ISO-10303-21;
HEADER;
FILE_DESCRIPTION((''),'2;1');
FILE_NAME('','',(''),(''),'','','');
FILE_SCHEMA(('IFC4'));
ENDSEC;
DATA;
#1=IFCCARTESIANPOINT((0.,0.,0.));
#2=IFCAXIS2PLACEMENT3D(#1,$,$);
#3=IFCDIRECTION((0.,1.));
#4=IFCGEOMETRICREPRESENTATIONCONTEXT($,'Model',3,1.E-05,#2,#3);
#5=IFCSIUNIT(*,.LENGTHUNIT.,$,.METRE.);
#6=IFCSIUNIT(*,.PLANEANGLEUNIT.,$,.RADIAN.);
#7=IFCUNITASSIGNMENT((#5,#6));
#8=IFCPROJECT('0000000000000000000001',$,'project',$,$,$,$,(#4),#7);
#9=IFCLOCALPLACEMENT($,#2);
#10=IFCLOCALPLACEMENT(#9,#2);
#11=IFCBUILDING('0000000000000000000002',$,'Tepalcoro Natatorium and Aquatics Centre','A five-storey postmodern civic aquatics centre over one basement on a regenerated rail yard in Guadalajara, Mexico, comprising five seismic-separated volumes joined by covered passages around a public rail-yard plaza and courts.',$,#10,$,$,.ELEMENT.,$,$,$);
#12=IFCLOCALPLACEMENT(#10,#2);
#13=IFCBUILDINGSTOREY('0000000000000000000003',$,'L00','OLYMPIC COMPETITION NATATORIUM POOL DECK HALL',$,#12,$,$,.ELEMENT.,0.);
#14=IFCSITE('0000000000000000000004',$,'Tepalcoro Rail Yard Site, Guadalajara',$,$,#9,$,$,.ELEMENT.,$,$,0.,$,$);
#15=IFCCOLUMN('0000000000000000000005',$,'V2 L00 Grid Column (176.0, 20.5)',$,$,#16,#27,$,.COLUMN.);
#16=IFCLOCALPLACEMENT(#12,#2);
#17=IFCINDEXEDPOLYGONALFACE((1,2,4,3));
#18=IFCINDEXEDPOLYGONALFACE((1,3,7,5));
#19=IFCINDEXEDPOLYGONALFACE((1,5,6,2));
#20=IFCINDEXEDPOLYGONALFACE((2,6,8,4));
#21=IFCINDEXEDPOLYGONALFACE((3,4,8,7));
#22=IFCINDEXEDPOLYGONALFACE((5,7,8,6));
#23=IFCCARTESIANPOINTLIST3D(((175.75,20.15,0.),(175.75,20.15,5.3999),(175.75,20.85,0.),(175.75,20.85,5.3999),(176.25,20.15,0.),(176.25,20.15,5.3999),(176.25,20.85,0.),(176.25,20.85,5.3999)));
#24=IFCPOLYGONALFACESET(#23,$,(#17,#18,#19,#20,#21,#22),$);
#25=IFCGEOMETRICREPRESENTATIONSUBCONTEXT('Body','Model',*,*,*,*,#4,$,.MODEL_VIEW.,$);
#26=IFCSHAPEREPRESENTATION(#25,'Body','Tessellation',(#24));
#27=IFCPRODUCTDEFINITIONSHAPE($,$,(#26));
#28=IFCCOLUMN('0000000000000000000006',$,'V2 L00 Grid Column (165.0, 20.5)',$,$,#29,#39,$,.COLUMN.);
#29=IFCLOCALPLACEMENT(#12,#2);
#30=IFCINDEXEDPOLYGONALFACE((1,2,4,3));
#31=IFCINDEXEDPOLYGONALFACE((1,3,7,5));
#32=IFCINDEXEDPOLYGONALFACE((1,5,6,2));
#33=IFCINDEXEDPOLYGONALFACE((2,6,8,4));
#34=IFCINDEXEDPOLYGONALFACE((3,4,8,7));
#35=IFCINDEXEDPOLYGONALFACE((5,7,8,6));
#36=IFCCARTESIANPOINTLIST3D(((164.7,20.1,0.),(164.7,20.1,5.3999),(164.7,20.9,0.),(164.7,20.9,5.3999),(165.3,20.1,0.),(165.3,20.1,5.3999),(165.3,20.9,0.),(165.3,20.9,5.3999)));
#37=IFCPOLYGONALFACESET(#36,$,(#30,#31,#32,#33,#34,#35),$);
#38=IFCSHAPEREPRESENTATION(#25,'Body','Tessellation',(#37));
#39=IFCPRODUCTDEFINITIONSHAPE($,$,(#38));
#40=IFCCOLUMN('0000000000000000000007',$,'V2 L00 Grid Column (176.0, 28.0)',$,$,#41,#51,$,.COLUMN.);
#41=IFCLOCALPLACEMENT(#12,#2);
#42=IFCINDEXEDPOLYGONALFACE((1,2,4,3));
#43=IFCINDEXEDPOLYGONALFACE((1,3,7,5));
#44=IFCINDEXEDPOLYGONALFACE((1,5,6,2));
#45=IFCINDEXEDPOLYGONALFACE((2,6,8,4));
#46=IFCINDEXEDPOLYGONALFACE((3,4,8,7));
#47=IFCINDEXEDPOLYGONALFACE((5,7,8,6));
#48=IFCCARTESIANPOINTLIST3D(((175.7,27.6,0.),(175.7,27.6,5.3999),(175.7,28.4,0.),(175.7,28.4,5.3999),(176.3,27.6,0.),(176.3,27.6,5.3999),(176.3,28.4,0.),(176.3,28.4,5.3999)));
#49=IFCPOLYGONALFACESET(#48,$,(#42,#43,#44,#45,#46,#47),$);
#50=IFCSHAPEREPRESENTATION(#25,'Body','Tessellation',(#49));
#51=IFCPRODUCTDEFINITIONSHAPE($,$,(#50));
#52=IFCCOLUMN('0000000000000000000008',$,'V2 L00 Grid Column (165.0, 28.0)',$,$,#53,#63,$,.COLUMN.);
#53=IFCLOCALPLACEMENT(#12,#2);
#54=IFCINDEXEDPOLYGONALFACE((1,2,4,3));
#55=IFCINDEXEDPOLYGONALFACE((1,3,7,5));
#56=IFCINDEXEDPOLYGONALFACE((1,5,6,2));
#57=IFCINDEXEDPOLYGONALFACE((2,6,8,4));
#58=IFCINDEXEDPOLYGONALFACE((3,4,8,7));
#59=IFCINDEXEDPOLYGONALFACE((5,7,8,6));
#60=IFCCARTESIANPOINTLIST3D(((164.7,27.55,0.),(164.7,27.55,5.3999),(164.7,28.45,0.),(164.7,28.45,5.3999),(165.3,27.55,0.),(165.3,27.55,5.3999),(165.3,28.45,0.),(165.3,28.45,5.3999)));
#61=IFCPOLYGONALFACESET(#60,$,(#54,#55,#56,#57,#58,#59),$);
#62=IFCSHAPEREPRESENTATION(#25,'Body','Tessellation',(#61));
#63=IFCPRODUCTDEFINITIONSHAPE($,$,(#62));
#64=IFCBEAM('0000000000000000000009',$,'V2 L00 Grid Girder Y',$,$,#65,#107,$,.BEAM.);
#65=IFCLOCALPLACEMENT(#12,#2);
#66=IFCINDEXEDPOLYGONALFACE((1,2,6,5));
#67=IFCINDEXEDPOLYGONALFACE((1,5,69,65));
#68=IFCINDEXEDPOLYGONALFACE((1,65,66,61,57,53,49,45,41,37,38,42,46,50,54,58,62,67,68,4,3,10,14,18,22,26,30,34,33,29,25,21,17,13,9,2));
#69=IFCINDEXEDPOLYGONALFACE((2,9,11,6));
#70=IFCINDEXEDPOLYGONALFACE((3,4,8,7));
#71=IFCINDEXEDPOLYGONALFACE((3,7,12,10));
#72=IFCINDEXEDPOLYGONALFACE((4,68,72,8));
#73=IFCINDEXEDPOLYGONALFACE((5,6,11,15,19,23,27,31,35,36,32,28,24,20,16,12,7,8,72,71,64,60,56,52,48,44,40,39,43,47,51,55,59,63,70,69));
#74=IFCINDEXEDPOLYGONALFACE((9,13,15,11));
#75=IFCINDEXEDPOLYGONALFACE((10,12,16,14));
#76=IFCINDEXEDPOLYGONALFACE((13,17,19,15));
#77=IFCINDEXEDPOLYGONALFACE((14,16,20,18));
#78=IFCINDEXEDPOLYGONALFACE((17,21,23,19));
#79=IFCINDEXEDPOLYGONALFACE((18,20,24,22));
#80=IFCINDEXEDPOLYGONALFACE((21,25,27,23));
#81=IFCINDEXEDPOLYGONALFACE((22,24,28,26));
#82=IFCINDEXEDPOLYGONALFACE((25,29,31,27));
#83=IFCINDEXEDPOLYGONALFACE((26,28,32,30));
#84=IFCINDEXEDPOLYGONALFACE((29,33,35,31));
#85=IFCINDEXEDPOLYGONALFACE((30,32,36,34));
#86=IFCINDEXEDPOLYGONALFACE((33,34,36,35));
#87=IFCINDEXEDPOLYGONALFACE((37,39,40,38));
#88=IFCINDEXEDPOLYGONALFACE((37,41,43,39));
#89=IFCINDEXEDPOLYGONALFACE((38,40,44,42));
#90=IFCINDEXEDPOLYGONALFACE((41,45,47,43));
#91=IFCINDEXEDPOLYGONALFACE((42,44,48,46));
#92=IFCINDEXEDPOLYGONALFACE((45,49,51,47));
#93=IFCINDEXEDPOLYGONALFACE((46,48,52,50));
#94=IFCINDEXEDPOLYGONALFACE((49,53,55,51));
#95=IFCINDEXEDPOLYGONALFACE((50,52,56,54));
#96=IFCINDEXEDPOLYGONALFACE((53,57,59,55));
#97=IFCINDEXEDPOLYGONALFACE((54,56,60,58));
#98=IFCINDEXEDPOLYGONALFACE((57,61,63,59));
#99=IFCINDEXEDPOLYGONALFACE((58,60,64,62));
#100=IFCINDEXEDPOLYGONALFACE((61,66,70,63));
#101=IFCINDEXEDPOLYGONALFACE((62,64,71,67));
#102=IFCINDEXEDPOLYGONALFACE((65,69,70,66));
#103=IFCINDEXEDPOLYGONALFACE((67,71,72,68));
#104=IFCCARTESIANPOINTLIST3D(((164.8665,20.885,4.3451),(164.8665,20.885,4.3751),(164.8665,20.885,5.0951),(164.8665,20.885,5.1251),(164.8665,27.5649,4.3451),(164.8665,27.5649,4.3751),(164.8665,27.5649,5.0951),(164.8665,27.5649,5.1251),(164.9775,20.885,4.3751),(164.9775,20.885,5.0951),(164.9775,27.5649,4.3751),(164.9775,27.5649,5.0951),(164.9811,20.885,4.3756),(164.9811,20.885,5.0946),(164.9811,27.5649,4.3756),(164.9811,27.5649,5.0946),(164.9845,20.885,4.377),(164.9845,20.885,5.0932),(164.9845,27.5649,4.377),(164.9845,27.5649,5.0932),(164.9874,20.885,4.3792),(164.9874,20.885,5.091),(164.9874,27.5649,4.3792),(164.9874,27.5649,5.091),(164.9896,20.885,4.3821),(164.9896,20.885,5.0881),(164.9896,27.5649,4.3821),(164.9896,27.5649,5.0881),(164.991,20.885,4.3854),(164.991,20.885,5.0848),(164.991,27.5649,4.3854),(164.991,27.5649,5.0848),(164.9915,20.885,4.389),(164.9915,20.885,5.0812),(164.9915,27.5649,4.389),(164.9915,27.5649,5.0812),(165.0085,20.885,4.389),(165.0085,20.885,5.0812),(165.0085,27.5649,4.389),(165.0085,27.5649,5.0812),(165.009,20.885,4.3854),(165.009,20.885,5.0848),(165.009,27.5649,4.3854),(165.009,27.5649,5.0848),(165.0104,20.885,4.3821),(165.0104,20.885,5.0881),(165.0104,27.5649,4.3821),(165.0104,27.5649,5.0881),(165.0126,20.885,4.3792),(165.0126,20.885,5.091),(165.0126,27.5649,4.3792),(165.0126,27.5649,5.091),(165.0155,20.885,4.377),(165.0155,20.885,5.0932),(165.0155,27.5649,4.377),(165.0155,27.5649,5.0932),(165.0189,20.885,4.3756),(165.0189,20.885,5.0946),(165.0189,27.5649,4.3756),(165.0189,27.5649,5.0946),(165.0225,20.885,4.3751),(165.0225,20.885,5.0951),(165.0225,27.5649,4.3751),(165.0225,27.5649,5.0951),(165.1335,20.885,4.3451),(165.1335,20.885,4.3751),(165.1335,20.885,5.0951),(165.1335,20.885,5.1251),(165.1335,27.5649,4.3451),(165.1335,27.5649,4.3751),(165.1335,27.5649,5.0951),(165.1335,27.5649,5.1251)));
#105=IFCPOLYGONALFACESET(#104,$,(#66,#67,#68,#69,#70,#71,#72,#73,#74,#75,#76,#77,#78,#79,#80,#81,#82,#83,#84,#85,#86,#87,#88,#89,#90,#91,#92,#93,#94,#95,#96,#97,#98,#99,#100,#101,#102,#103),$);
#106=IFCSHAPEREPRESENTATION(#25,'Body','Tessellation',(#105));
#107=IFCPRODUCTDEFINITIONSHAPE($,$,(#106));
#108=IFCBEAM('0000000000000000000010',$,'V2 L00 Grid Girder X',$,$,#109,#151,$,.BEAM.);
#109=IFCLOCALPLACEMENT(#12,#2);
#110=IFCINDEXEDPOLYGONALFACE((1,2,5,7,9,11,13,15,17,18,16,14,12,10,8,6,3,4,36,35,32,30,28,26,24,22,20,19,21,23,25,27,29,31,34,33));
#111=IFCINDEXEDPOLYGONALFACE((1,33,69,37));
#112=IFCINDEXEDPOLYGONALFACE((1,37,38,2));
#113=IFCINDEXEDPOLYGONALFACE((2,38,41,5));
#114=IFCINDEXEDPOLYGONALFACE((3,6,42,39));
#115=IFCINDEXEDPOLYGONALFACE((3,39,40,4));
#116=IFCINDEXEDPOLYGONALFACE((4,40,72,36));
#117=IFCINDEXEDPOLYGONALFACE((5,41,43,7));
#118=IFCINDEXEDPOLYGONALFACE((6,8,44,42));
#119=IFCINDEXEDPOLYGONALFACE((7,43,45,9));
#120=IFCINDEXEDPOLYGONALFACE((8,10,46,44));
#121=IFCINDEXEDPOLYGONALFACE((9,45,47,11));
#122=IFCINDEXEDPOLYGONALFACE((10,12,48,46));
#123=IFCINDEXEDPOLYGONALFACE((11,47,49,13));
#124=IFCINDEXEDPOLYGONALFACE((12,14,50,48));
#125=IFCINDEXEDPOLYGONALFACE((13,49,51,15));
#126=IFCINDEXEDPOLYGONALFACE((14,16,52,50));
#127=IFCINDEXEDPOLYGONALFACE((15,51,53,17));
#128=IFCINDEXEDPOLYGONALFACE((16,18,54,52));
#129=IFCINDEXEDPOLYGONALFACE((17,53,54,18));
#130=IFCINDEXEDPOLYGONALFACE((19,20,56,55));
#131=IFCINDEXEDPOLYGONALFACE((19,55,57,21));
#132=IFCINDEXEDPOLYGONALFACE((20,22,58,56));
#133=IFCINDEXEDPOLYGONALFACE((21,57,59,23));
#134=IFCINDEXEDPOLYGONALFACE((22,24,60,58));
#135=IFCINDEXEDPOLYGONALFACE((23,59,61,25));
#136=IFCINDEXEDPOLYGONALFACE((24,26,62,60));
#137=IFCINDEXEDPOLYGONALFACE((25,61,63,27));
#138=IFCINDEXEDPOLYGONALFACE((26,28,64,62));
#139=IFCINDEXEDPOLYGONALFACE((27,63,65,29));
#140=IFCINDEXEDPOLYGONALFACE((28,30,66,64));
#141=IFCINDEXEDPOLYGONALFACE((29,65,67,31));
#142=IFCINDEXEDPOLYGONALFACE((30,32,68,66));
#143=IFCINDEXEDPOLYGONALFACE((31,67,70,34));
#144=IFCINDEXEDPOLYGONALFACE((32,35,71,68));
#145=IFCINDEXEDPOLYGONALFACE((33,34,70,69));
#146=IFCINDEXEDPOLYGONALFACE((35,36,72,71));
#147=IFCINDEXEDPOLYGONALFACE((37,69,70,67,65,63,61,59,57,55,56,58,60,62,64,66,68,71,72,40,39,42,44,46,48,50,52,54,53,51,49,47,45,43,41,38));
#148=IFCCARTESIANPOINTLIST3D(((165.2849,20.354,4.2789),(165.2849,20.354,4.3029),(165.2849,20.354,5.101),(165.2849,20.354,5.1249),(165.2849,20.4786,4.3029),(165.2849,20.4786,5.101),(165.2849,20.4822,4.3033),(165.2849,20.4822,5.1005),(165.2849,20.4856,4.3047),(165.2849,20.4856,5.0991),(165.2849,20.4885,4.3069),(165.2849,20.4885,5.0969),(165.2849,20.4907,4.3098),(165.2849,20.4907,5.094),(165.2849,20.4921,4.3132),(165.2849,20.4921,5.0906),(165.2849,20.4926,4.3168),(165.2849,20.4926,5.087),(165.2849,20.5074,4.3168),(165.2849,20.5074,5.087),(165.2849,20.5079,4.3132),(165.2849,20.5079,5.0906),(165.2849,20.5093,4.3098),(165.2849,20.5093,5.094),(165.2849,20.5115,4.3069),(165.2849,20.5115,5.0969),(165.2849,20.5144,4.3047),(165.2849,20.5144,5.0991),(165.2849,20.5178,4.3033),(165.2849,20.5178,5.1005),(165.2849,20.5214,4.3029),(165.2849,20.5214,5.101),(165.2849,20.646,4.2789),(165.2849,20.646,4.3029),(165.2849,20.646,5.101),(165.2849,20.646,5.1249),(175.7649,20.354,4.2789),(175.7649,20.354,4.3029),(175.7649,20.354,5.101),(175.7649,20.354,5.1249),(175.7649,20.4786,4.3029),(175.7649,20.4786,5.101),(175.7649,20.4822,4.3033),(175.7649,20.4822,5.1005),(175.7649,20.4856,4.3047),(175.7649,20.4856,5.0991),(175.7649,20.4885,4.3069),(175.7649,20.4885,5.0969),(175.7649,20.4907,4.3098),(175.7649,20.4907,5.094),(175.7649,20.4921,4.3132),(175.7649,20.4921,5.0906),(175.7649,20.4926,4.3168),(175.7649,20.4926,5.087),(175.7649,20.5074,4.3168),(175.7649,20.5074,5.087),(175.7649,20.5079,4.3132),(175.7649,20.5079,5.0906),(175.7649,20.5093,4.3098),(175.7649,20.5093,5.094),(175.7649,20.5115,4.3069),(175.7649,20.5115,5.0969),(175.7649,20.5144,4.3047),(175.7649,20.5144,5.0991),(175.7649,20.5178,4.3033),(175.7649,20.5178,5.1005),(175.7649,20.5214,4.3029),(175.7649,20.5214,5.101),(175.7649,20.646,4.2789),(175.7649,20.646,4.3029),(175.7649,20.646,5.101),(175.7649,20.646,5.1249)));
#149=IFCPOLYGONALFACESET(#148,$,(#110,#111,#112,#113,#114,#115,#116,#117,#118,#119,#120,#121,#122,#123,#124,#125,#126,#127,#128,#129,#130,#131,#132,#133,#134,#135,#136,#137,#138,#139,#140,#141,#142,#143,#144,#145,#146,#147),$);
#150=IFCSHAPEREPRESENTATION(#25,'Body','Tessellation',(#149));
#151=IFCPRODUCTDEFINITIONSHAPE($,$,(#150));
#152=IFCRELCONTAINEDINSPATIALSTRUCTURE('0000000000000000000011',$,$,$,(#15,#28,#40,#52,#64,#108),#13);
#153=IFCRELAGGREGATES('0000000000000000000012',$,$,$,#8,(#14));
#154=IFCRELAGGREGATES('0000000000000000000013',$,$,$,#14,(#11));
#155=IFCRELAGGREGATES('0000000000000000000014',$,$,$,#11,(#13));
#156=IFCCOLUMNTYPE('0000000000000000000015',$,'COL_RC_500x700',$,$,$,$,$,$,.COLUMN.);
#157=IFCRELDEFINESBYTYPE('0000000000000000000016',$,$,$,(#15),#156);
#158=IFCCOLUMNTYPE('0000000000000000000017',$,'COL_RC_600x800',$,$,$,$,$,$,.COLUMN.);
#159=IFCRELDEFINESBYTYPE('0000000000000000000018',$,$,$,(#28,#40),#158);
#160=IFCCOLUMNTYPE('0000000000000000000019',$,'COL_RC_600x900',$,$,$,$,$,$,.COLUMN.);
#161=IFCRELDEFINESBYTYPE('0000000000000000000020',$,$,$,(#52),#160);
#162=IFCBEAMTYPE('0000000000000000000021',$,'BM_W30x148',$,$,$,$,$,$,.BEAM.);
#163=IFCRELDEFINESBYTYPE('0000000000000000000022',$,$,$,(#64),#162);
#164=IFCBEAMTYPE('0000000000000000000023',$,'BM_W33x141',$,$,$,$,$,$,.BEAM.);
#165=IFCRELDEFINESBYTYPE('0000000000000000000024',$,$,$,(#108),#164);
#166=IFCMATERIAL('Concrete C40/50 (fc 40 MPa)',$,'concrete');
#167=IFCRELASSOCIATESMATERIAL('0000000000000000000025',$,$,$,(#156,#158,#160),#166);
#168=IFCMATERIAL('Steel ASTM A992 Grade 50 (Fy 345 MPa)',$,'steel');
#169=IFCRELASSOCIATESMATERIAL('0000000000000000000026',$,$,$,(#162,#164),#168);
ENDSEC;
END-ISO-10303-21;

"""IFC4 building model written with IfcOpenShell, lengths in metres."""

from ifc_helpers import new_model, si_unit, direction, frame, origin, origin_2d, place, context, subcontext, project, spatial, rectangle, i_section, extrude, material, material_profile, profile_set, type_object, element, save


model = new_model("IFC4")

# Units and contexts
model_context = context("Model", 3, precision=1e-05, world=origin(), true_north=direction((0.0, 1.0)))
body_context = subcontext(model_context, "Body", "Model", "MODEL_VIEW")
ifc_project = project(units=[si_unit("LENGTHUNIT", "METRE"), si_unit("PLANEANGLEUNIT", "RADIAN")], contexts=[model_context])

# Site, building, storey
site_placement = place(None, origin())
site = spatial("IfcSite", under=ifc_project, at=site_placement, Name="Tepalcoro Rail Yard Site, Guadalajara", CompositionType="ELEMENT", RefElevation=0.0)
building_placement = place(site_placement, origin())
building = spatial("IfcBuilding", under=site, at=building_placement, Name="Tepalcoro Natatorium and Aquatics Centre", Description="A five-storey postmodern civic aquatics centre over one basement on a regenerated rail yard in Guadalajara, Mexico, comprising five seismic-separated volumes joined by covered passages around a public rail-yard plaza and courts.", CompositionType="ELEMENT")
storey_placement = place(building_placement, origin())
storey = spatial("IfcBuildingStorey", under=building, at=storey_placement, Name="L00", Description="OLYMPIC COMPETITION NATATORIUM POOL DECK HALL", CompositionType="ELEMENT", Elevation=0.0)

# Columns
ifc_material_1 = material(Name="Concrete C40/50 (fc 40 MPa)", Category="concrete")
ifc_material_profile_1 = material_profile(ifc_material_1, rectangle(XDim=0.5, YDim=0.7, at=origin_2d()), Name="RC500x700")
ifc_profile_set_1 = profile_set([ifc_material_profile_1], Name="Concrete C40/50 (fc 40 MPa)")
column_type_1 = type_object("IfcColumnType", Name="COL_RC_500x700", PredefinedType="COLUMN", material=ifc_profile_set_1)
column_1_placement = place(storey_placement, frame((176.0, 20.5, 0.0), z_axis=(0.0, 0.0, 1.0), x_axis=(1.0, 0.0, 0.0)))
element("IfcColumn", 1, at=column_1_placement, inside=storey, type_object=column_type_1, Name="V2 L00 Grid Column (176.0, 20.5)", PredefinedType="COLUMN", context=body_context, shape_type="SweptSolid", body=[
    extrude(rectangle(XDim=0.5, YDim=0.7, at=origin_2d()), origin(), (0.0, 0.0, 1.0), 5.3999),
])
ifc_material_profile_2 = material_profile(ifc_material_1, rectangle(XDim=0.6001, YDim=0.8, at=origin_2d()), Name="RC600x800")
ifc_profile_set_2 = profile_set([ifc_material_profile_2], Name="Concrete C40/50 (fc 40 MPa)")
column_type_2 = type_object("IfcColumnType", Name="COL_RC_600x800", PredefinedType="COLUMN", material=ifc_profile_set_2)
for number, where, z_axis, x_axis, name in (
    (2, (165.0, 20.5, 0.0), (0.0, 0.0, 1.0), (1.0, 0.0, 0.0), "V2 L00 Grid Column (165.0, 20.5)"),
    (3, (176.0, 28.0, 0.0), (0.0, 0.0, 1.0), (1.0, 0.0, 0.0), "V2 L00 Grid Column (176.0, 28.0)"),
):
    element("IfcColumn", number, at=place(storey_placement, frame(where, z_axis=z_axis, x_axis=x_axis)), inside=storey, type_object=column_type_2, Name=name, PredefinedType="COLUMN", context=body_context, shape_type="SweptSolid", body=[
        extrude(rectangle(XDim=0.6001, YDim=0.8, at=origin_2d()), origin(), (0.0, 0.0, 1.0), 5.3999),
    ])
ifc_material_profile_3 = material_profile(ifc_material_1, rectangle(XDim=0.6001, YDim=0.8999, at=origin_2d()), Name="RC600x900")
ifc_profile_set_3 = profile_set([ifc_material_profile_3], Name="Concrete C40/50 (fc 40 MPa)")
column_type_3 = type_object("IfcColumnType", Name="COL_RC_600x900", PredefinedType="COLUMN", material=ifc_profile_set_3)
column_2_placement = place(storey_placement, frame((165.0, 28.0, 0.0), z_axis=(0.0, 0.0, 1.0), x_axis=(1.0, 0.0, 0.0)))
element("IfcColumn", 4, at=column_2_placement, inside=storey, type_object=column_type_3, Name="V2 L00 Grid Column (165.0, 28.0)", PredefinedType="COLUMN", context=body_context, shape_type="SweptSolid", body=[
    extrude(rectangle(XDim=0.6001, YDim=0.8999, at=origin_2d()), origin(), (0.0, 0.0, 1.0), 5.3999),
])

# Beams
ifc_material_2 = material(Name="Steel ASTM A992 Grade 50 (Fy 345 MPa)", Category="steel")
ifc_material_profile_4 = material_profile(ifc_material_2, i_section(OverallWidth=0.2671, OverallDepth=0.78, WebThickness=0.0171, FlangeThickness=0.03, FilletRadius=0.0139, at=origin_2d()), Name="W30X148")
ifc_profile_set_4 = profile_set([ifc_material_profile_4], Name="Steel ASTM A992 Grade 50 (Fy 345 MPa)")
beam_type_1 = type_object("IfcBeamType", Name="BM_W30x148", PredefinedType="BEAM", material=ifc_profile_set_4)
beam_1_placement = place(storey_placement, frame((165.0, 20.885, 4.7351), z_axis=(0.0, 1.0, 0.0), x_axis=(-1.0, 0.0, 0.0)))
element("IfcBeam", 5, at=beam_1_placement, inside=storey, type_object=beam_type_1, Name="V2 L00 Grid Girder Y", PredefinedType="BEAM", context=body_context, shape_type="SweptSolid", body=[
    extrude(i_section(OverallWidth=0.2671, OverallDepth=0.78, WebThickness=0.0171, FlangeThickness=0.03, FilletRadius=0.0139, at=origin_2d()), origin(), (0.0, 0.0, 1.0), 6.6799),
])
ifc_material_profile_5 = material_profile(ifc_material_2, i_section(OverallWidth=0.292, OverallDepth=0.8459, WebThickness=0.0149, FlangeThickness=0.0239, FilletRadius=0.0139, at=origin_2d()), Name="W33X141")
ifc_profile_set_5 = profile_set([ifc_material_profile_5], Name="Steel ASTM A992 Grade 50 (Fy 345 MPa)")
beam_type_2 = type_object("IfcBeamType", Name="BM_W33x141", PredefinedType="BEAM", material=ifc_profile_set_5)
beam_2_placement = place(storey_placement, frame((165.2849, 20.5, 4.7019), z_axis=(1.0, 0.0, 0.0), x_axis=(0.0, 1.0, 0.0)))
element("IfcBeam", 6, at=beam_2_placement, inside=storey, type_object=beam_type_2, Name="V2 L00 Grid Girder X", PredefinedType="BEAM", context=body_context, shape_type="SweptSolid", body=[
    extrude(i_section(OverallWidth=0.292, OverallDepth=0.8459, WebThickness=0.0149, FlangeThickness=0.0239, FilletRadius=0.0139, at=origin_2d()), origin(), (0.0, 0.0, 1.0), 10.48),
])

save(model, "model.ifc")
